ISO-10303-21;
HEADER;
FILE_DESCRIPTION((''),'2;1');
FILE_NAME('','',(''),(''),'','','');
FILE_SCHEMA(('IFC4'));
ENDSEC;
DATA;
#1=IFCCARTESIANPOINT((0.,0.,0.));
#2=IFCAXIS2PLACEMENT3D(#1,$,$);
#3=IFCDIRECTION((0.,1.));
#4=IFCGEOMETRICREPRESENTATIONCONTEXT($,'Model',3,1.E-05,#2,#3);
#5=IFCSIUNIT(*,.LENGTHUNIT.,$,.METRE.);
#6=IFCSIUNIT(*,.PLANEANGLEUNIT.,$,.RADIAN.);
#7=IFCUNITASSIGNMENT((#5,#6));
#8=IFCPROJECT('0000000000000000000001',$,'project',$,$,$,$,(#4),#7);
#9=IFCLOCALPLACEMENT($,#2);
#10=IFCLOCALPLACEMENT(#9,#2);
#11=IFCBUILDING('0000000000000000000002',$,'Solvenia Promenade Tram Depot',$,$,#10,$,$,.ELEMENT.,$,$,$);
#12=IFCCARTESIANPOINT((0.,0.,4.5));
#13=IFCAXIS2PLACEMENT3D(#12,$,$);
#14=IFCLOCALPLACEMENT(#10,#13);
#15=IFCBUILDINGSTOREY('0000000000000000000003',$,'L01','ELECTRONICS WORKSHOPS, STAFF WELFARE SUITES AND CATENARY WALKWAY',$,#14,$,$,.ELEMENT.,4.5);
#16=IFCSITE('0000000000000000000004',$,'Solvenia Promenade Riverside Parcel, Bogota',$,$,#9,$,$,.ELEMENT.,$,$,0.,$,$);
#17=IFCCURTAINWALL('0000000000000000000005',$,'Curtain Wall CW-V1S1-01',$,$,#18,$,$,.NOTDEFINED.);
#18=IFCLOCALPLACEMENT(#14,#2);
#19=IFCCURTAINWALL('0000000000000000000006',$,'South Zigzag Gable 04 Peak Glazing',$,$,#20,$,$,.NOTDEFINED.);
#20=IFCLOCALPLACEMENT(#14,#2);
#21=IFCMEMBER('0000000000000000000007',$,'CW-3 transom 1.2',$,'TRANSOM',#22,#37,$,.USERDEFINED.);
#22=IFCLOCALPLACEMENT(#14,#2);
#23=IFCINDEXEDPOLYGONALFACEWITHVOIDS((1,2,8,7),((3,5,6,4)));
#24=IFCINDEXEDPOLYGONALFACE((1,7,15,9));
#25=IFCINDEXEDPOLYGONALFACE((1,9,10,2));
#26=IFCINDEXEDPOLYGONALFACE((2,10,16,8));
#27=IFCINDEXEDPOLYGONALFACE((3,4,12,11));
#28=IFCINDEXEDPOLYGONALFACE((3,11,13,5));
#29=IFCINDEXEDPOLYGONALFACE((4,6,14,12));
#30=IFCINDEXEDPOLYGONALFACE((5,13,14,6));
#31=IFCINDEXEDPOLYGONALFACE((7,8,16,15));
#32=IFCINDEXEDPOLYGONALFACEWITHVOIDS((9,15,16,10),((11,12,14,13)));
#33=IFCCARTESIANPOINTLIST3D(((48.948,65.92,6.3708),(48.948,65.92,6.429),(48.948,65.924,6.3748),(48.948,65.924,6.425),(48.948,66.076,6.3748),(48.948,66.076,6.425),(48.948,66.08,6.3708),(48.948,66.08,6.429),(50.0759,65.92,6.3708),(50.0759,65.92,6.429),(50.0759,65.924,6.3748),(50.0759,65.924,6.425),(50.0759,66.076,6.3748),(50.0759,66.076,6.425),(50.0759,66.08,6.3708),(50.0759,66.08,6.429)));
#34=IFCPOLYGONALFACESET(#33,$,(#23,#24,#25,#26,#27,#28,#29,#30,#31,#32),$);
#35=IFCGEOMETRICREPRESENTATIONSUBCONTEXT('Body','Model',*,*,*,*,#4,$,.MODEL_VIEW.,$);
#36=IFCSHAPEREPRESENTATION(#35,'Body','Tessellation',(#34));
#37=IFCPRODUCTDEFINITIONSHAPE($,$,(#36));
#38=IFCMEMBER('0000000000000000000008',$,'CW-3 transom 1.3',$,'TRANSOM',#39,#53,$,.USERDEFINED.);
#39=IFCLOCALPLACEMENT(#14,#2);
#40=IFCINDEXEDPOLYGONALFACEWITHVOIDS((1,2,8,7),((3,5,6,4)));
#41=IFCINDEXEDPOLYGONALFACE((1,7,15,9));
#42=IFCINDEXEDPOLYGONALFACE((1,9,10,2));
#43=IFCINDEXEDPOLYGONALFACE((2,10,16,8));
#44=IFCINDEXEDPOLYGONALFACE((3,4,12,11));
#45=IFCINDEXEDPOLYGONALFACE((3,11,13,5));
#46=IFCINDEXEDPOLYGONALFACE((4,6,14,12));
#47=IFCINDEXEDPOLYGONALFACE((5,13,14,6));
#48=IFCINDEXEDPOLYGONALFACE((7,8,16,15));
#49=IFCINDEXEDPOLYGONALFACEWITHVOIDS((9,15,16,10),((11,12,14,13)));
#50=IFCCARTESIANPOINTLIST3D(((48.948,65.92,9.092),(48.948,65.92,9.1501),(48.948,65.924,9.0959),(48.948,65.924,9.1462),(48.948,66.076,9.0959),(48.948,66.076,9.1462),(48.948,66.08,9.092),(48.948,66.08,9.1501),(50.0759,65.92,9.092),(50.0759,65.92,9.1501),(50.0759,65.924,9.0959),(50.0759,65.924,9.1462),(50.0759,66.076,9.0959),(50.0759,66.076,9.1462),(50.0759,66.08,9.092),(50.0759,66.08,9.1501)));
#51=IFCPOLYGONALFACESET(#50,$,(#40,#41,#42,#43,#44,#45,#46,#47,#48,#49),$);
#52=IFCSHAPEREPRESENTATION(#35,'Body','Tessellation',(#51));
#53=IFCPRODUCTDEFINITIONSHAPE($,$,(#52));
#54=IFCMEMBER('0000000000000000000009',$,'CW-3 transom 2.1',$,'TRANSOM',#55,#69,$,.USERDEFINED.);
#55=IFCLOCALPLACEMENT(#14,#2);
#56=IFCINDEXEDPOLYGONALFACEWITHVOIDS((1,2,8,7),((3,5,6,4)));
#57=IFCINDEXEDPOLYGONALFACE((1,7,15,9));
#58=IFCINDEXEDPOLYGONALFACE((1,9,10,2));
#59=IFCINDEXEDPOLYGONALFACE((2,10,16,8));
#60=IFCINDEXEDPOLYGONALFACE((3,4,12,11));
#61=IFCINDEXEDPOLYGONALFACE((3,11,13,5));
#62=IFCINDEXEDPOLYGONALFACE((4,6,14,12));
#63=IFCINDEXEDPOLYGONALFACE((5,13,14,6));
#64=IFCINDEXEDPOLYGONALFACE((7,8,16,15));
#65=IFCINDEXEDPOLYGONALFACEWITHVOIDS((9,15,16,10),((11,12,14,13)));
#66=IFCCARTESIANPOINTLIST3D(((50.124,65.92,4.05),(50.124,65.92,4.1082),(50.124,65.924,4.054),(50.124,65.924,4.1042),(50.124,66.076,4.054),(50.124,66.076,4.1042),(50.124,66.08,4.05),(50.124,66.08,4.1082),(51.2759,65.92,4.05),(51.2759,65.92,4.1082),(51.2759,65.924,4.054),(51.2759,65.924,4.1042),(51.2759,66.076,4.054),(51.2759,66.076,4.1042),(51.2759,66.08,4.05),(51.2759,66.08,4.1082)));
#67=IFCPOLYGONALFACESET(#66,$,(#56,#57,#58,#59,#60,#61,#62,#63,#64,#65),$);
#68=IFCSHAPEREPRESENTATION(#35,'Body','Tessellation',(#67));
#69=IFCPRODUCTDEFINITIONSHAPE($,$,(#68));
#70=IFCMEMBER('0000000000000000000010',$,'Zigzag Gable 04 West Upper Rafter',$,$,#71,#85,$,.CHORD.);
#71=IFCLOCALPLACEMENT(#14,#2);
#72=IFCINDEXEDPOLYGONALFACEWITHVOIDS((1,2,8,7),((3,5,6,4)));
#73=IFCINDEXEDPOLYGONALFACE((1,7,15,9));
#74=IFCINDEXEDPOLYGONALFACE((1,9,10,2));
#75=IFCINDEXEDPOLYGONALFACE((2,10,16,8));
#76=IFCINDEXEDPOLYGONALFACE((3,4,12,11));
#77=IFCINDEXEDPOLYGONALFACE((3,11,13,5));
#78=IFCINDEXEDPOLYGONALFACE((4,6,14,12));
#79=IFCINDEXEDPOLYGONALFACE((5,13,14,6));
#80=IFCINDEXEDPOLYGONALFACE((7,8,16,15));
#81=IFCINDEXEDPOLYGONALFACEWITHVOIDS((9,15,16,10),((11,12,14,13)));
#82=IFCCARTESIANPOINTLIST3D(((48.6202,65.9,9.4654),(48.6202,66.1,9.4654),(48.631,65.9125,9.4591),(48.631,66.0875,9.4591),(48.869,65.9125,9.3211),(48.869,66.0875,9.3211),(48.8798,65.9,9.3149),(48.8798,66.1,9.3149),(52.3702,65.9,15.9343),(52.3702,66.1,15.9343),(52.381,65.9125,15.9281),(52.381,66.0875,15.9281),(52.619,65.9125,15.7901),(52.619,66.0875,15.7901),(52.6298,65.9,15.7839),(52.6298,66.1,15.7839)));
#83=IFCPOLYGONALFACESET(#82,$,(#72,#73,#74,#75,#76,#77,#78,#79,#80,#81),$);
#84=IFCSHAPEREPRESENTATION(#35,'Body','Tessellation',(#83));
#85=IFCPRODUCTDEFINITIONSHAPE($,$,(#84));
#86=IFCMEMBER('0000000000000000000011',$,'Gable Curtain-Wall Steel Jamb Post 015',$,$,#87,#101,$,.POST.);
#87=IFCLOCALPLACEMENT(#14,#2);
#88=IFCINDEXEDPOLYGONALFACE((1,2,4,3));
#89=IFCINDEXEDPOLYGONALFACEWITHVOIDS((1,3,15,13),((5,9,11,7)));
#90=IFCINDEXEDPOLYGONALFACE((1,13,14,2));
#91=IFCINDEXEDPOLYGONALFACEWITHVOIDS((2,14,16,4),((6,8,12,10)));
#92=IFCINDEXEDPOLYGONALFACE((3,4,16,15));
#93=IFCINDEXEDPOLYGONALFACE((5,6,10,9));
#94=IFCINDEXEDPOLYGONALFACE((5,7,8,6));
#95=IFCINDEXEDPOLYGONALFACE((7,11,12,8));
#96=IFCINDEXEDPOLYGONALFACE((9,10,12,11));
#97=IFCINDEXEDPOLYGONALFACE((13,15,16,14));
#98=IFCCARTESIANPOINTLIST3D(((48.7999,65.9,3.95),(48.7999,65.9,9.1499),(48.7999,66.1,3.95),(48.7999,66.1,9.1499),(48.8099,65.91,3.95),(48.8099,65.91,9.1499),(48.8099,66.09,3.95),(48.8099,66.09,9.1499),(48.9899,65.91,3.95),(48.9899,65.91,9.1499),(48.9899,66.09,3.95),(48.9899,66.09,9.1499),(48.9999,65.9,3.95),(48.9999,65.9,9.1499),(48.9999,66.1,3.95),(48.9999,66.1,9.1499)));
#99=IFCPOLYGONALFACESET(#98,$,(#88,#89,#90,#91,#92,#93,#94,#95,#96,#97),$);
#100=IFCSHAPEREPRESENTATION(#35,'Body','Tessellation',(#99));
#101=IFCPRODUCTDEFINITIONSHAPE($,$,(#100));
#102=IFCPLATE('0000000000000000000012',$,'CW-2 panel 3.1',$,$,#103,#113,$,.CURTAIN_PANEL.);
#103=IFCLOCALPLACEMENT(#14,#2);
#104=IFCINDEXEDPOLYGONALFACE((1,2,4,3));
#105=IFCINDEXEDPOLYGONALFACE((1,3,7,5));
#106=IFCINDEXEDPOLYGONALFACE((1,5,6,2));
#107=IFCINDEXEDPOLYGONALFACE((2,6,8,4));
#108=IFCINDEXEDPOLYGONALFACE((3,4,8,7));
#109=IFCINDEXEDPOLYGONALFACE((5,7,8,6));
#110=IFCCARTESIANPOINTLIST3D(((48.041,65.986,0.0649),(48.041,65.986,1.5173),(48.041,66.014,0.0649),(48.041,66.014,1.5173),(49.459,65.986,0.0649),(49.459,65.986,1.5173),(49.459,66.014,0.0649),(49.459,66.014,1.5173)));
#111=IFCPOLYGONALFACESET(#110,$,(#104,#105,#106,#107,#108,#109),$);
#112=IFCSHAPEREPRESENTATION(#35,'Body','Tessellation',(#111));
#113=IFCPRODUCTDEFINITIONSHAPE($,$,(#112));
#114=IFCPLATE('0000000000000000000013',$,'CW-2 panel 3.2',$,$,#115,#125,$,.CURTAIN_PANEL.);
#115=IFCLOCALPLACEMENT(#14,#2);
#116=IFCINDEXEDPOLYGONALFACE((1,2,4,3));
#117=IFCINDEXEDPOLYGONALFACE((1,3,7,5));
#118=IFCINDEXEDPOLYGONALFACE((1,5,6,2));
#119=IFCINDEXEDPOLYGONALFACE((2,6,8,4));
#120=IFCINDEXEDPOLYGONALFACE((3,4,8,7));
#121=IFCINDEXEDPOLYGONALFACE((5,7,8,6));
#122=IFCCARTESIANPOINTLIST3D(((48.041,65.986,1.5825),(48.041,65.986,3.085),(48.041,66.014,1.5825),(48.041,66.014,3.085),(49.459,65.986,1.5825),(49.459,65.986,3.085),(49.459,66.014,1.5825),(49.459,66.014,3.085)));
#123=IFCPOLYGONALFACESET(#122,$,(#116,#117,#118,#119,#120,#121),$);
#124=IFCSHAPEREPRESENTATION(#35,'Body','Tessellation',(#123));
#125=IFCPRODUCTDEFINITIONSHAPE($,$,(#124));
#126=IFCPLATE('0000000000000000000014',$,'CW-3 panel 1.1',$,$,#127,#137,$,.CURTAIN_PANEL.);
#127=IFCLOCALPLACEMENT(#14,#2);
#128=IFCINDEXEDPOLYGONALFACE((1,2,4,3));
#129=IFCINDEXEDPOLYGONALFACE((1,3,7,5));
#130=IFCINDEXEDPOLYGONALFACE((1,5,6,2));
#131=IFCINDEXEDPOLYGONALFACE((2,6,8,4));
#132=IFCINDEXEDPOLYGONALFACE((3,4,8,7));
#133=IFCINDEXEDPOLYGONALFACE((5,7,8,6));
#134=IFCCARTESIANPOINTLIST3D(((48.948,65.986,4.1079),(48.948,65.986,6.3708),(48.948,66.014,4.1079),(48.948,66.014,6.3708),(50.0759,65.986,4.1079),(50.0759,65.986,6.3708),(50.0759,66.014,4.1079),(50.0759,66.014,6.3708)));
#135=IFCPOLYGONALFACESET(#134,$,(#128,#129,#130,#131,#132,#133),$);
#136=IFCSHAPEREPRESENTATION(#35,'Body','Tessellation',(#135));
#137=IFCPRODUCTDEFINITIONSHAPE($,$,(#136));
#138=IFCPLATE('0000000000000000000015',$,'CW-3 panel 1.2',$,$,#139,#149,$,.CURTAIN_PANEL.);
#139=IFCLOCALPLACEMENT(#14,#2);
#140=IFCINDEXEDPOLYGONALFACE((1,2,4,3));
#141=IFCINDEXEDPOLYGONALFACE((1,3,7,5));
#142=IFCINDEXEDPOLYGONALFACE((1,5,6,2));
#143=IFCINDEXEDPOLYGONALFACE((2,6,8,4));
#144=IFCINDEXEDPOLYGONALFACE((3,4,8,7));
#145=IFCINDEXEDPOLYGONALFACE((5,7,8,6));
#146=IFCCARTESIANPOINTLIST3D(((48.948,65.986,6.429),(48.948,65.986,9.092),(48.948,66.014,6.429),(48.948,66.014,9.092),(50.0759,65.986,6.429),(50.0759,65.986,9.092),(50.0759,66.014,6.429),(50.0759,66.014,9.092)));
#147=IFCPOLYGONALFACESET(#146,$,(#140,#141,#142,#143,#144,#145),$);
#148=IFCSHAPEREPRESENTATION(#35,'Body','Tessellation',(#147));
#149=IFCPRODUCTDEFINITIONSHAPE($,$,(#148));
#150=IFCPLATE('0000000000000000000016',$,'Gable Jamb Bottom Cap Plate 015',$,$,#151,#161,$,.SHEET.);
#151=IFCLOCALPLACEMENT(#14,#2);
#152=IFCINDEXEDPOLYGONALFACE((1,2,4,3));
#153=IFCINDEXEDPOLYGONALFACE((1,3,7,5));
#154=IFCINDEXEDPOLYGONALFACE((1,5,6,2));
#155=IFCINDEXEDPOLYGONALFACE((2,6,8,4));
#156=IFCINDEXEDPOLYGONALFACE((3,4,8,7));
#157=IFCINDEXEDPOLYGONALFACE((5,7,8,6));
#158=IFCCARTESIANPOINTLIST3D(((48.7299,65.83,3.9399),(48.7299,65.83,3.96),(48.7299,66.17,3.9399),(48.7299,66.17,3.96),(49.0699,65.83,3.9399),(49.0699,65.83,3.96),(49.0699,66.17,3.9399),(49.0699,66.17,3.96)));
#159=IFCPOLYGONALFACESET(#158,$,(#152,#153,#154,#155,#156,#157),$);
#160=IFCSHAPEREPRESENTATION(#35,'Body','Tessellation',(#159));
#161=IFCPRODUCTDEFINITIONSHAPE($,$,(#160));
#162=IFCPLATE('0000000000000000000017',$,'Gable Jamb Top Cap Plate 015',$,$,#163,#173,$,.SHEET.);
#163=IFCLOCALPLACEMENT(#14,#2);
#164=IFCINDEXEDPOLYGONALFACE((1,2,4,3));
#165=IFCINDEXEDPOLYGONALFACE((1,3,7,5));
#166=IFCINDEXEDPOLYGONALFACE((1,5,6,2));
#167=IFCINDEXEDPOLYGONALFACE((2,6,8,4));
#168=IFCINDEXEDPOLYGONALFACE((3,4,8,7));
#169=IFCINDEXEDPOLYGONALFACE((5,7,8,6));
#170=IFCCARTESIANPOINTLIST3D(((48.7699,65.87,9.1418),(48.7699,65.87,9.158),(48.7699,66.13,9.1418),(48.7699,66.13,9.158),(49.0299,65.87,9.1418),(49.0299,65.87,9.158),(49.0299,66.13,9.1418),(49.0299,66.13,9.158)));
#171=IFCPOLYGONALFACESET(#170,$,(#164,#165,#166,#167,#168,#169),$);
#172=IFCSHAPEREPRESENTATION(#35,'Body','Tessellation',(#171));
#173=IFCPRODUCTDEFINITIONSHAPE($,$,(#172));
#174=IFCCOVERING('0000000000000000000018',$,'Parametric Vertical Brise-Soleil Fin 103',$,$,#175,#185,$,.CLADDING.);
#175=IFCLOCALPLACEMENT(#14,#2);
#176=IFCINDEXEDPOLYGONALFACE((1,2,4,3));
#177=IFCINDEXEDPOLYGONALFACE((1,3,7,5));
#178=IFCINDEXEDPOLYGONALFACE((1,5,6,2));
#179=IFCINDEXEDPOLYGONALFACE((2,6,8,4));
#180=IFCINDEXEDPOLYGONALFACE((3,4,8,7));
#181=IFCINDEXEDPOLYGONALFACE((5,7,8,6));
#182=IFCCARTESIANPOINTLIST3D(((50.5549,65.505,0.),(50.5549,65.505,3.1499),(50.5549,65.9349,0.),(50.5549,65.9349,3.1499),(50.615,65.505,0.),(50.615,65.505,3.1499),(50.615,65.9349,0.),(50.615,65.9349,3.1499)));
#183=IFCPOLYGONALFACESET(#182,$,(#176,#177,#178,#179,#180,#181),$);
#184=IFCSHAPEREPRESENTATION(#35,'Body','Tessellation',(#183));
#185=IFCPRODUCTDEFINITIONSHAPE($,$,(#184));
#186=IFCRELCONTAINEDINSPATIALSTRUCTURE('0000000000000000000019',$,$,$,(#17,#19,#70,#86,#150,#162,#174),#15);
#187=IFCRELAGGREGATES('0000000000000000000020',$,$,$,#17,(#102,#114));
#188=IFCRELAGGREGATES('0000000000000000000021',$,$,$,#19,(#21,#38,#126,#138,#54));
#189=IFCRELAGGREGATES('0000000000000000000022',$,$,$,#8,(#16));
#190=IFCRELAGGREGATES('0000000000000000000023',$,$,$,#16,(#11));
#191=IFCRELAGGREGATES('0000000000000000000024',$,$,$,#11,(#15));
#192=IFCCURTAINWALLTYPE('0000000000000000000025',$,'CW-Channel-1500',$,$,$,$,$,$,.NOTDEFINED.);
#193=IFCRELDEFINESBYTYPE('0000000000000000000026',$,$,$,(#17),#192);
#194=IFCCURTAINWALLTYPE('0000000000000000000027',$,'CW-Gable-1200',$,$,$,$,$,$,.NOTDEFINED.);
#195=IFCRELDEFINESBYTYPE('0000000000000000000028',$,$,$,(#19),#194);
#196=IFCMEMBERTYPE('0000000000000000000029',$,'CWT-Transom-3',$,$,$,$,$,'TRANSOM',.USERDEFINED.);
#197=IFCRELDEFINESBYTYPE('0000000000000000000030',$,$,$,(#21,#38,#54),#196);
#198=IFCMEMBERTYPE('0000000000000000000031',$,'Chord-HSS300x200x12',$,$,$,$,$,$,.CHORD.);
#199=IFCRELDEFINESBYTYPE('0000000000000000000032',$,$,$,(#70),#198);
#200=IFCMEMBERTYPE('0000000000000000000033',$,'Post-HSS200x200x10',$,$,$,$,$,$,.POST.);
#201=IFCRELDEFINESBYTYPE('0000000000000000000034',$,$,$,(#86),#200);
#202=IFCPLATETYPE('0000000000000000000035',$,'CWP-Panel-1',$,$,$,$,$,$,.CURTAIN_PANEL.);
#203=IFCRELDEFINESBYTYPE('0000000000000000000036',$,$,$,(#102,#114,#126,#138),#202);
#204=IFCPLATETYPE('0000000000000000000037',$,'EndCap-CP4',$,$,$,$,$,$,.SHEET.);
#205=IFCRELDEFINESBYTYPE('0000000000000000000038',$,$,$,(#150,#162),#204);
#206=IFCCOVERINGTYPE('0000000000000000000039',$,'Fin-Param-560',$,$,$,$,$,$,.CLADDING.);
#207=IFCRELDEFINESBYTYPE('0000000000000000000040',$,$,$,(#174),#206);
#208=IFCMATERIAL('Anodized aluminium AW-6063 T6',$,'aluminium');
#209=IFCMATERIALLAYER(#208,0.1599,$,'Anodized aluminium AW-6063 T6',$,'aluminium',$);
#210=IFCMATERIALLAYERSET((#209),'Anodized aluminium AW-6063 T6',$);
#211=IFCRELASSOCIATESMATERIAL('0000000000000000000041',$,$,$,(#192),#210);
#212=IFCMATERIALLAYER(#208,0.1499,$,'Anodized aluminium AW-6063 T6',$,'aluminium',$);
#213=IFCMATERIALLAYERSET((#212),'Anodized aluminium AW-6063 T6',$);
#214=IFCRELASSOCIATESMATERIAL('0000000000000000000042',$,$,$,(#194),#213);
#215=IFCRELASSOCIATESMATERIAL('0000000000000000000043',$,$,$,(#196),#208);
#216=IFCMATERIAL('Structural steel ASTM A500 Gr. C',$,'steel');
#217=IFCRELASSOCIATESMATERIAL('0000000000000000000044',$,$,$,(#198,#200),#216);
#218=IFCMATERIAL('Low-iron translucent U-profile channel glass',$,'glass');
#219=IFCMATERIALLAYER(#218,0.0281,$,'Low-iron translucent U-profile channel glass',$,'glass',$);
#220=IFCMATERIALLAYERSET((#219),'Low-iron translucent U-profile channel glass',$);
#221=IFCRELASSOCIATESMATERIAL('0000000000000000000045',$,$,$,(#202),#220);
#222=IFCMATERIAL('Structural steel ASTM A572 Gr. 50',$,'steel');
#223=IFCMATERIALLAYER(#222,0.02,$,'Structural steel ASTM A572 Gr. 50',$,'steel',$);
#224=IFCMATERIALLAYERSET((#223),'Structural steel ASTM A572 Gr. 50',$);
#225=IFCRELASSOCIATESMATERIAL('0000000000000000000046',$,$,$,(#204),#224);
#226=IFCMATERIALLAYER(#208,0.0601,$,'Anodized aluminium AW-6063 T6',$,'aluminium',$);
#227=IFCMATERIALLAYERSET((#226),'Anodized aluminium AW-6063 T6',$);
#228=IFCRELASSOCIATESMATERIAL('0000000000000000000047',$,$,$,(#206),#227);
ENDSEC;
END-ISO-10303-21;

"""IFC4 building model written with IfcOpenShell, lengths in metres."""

from ifc_helpers import new_model, si_unit, direction, frame, origin, origin_2d, place, context, subcontext, project, spatial, rectangle, hollow_rectangle, extrude, material, layer, layer_set, material_profile, profile_set, type_object, element, aggregate, save


model = new_model("IFC4")

# Units and contexts
model_context = context("Model", 3, precision=1e-05, world=origin(), true_north=direction((0.0, 1.0)))
body_context = subcontext(model_context, "Body", "Model", "MODEL_VIEW")
ifc_project = project(units=[si_unit("LENGTHUNIT", "METRE"), si_unit("PLANEANGLEUNIT", "RADIAN")], contexts=[model_context])

# Site, building, storey
site_placement = place(None, origin())
site = spatial("IfcSite", under=ifc_project, at=site_placement, Name="Solvenia Promenade Riverside Parcel, Bogota", CompositionType="ELEMENT", RefElevation=0.0)
building_placement = place(site_placement, origin())
building = spatial("IfcBuilding", under=site, at=building_placement, Name="Solvenia Promenade Tram Depot", CompositionType="ELEMENT")
storey_placement = place(building_placement, frame((0.0, 0.0, 4.5)))
storey = spatial("IfcBuildingStorey", under=building, at=storey_placement, Name="L01", Description="ELECTRONICS WORKSHOPS, STAFF WELFARE SUITES AND CATENARY WALKWAY", CompositionType="ELEMENT", Elevation=4.5)

# Curtain wall
ifc_material_1 = material(Name="Anodized aluminium AW-6063 T6", Category="aluminium")
ifc_layer_1 = layer(ifc_material_1, 0.1599, Name="Anodized aluminium AW-6063 T6", Category="aluminium")
ifc_layer_set_1 = layer_set([ifc_layer_1], Name="Anodized aluminium AW-6063 T6")
curtain_wall_type_1 = type_object("IfcCurtainWallType", Name="CW-Channel-1500", PredefinedType="NOTDEFINED", material=ifc_layer_set_1)
curtain_wall_1_placement = place(storey_placement, origin())
curtain_wall_1 = element("IfcCurtainWall", 1, at=curtain_wall_1_placement, inside=storey, type_object=curtain_wall_type_1, Name="Curtain Wall CW-V1S1-01", PredefinedType="NOTDEFINED")

# Curtain wall
ifc_layer_2 = layer(ifc_material_1, 0.1499, Name="Anodized aluminium AW-6063 T6", Category="aluminium")
ifc_layer_set_2 = layer_set([ifc_layer_2], Name="Anodized aluminium AW-6063 T6")
curtain_wall_type_2 = type_object("IfcCurtainWallType", Name="CW-Gable-1200", PredefinedType="NOTDEFINED", material=ifc_layer_set_2)
curtain_wall_2_placement = place(storey_placement, origin())
curtain_wall_2 = element("IfcCurtainWall", 2, at=curtain_wall_2_placement, inside=storey, type_object=curtain_wall_type_2, Name="South Zigzag Gable 04 Peak Glazing", PredefinedType="NOTDEFINED")

# Members
ifc_material_profile_1 = material_profile(ifc_material_1, hollow_rectangle(XDim=0.1599, YDim=0.0581, WallThickness=0.0039, at=origin_2d()), Name="ALU-T3", Category="aluminium")
ifc_profile_set_1 = profile_set([ifc_material_profile_1], Name="Anodized aluminium AW-6063 T6")
member_type_1 = type_object("IfcMemberType", Name="CWT-Transom-3", ElementType="TRANSOM", PredefinedType="USERDEFINED", material=ifc_profile_set_1)
member_1_placement = place(storey_placement, frame((48.948, 66.0, 6.3999), z_axis=(1.0, 0.0, 0.0), x_axis=(0.0, 1.0, 0.0)))
member_1 = element("IfcMember", 3, at=member_1_placement, type_object=member_type_1, Name="CW-3 transom 1.2", ObjectType="TRANSOM", PredefinedType="USERDEFINED", context=body_context, shape_type="SweptSolid", body=[
    extrude(hollow_rectangle(XDim=0.1599, YDim=0.0581, WallThickness=0.0039, at=origin_2d()), origin(), (0.0, 0.0, 1.0), 1.1279),
])
member_2_placement = place(storey_placement, frame((48.948, 66.0, 9.1211), z_axis=(1.0, 0.0, 0.0), x_axis=(0.0, 1.0, 0.0)))
member_2 = element("IfcMember", 4, at=member_2_placement, type_object=member_type_1, Name="CW-3 transom 1.3", ObjectType="TRANSOM", PredefinedType="USERDEFINED", context=body_context, shape_type="SweptSolid", body=[
    extrude(hollow_rectangle(XDim=0.1599, YDim=0.0581, WallThickness=0.0039, at=origin_2d()), origin(), (0.0, 0.0, 1.0), 1.1279),
])
member_3_placement = place(storey_placement, frame((50.124, 66.0, 4.0791), z_axis=(1.0, 0.0, 0.0), x_axis=(0.0, 1.0, 0.0)))
member_3 = element("IfcMember", 5, at=member_3_placement, type_object=member_type_1, Name="CW-3 transom 2.1", ObjectType="TRANSOM", PredefinedType="USERDEFINED", context=body_context, shape_type="SweptSolid", body=[
    extrude(hollow_rectangle(XDim=0.1599, YDim=0.0581, WallThickness=0.0039, at=origin_2d()), origin(), (0.0, 0.0, 1.0), 1.1519),
])

# Members
ifc_material_2 = material(Name="Structural steel ASTM A500 Gr. C", Category="steel")
ifc_material_profile_2 = material_profile(ifc_material_2, hollow_rectangle(XDim=0.2, YDim=0.3, WallThickness=0.0125, at=origin_2d()), Name="HSS300x200x12.5", Category="steel")
ifc_profile_set_2 = profile_set([ifc_material_profile_2], Name="Structural steel ASTM A500 Gr. C")
member_type_2 = type_object("IfcMemberType", Name="Chord-HSS300x200x12", PredefinedType="CHORD", material=ifc_profile_set_2)
member_4_placement = place(storey_placement, frame((48.75, 66.0, 9.3901), z_axis=(0.501516, 0.0, 0.865148), x_axis=(0.0, 1.0, 0.0)))
element("IfcMember", 6, at=member_4_placement, inside=storey, type_object=member_type_2, Name="Zigzag Gable 04 West Upper Rafter", PredefinedType="CHORD", context=body_context, shape_type="SweptSolid", body=[
    extrude(hollow_rectangle(XDim=0.2, YDim=0.3, WallThickness=0.0125, at=origin_2d()), origin(), (0.0, 0.0, 1.0), 7.4773),
])
ifc_material_profile_3 = material_profile(ifc_material_2, hollow_rectangle(XDim=0.2, YDim=0.2, WallThickness=0.01, at=origin_2d()), Name="HSS200x200x10", Category="steel")
ifc_profile_set_3 = profile_set([ifc_material_profile_3], Name="Structural steel ASTM A500 Gr. C")
member_type_3 = type_object("IfcMemberType", Name="Post-HSS200x200x10", PredefinedType="POST", material=ifc_profile_set_3)
member_5_placement = place(storey_placement, frame((48.8999, 66.0, 3.95), z_axis=(0.0, 0.0, 1.0), x_axis=(1.0, 0.0, 0.0)))
element("IfcMember", 7, at=member_5_placement, inside=storey, type_object=member_type_3, Name="Gable Curtain-Wall Steel Jamb Post 015", PredefinedType="POST", context=body_context, shape_type="SweptSolid", body=[
    extrude(hollow_rectangle(XDim=0.2, YDim=0.2, WallThickness=0.01, at=origin_2d()), origin(), (0.0, 0.0, 1.0), 5.2),
])

# Plates
ifc_material_3 = material(Name="Low-iron translucent U-profile channel glass", Category="glass")
ifc_layer_3 = layer(ifc_material_3, 0.0281, Name="Low-iron translucent U-profile channel glass", Category="glass")
ifc_layer_set_3 = layer_set([ifc_layer_3], Name="Low-iron translucent U-profile channel glass")
plate_type_1 = type_object("IfcPlateType", Name="CWP-Panel-1", PredefinedType="CURTAIN_PANEL", material=ifc_layer_set_3)
plate_1_placement = place(storey_placement, frame((48.75, 66.0, 0.0649), z_axis=(0.0, 0.0, 1.0), x_axis=(1.0, 0.0, 0.0)))
plate_1 = element("IfcPlate", 8, at=plate_1_placement, type_object=plate_type_1, Name="CW-2 panel 3.1", PredefinedType="CURTAIN_PANEL", context=body_context, shape_type="SweptSolid", body=[
    extrude(rectangle(XDim=1.418, YDim=0.0281, at=origin_2d()), origin(), (0.0, 0.0, 1.0), 1.4524),
])
plate_2_placement = place(storey_placement, frame((48.75, 66.0, 1.5825), z_axis=(0.0, 0.0, 1.0), x_axis=(1.0, 0.0, 0.0)))
plate_2 = element("IfcPlate", 9, at=plate_2_placement, type_object=plate_type_1, Name="CW-2 panel 3.2", PredefinedType="CURTAIN_PANEL", context=body_context, shape_type="SweptSolid", body=[
    extrude(rectangle(XDim=1.418, YDim=0.0281, at=origin_2d()), origin(), (0.0, 0.0, 1.0), 1.5024),
])
aggregate(curtain_wall_1, [plate_1, plate_2])
plate_3_placement = place(storey_placement, frame((49.512, 66.0, 4.1079), z_axis=(0.0, 0.0, 1.0), x_axis=(1.0, 0.0, 0.0)))
plate_3 = element("IfcPlate", 10, at=plate_3_placement, type_object=plate_type_1, Name="CW-3 panel 1.1", PredefinedType="CURTAIN_PANEL", context=body_context, shape_type="SweptSolid", body=[
    extrude(rectangle(XDim=1.1279, YDim=0.0281, at=origin_2d()), origin(), (0.0, 0.0, 1.0), 2.2629),
])
plate_4_placement = place(storey_placement, frame((49.512, 66.0, 6.429), z_axis=(0.0, 0.0, 1.0), x_axis=(1.0, 0.0, 0.0)))
plate_4 = element("IfcPlate", 11, at=plate_4_placement, type_object=plate_type_1, Name="CW-3 panel 1.2", PredefinedType="CURTAIN_PANEL", context=body_context, shape_type="SweptSolid", body=[
    extrude(rectangle(XDim=1.1279, YDim=0.0281, at=origin_2d()), origin(), (0.0, 0.0, 1.0), 2.6631),
])
aggregate(curtain_wall_2, [member_1, member_2, plate_3, plate_4, member_3])

# Plates
ifc_material_4 = material(Name="Structural steel ASTM A572 Gr. 50", Category="steel")
ifc_layer_4 = layer(ifc_material_4, 0.02, Name="Structural steel ASTM A572 Gr. 50", Category="steel")
ifc_layer_set_4 = layer_set([ifc_layer_4], Name="Structural steel ASTM A572 Gr. 50")
plate_type_2 = type_object("IfcPlateType", Name="EndCap-CP4", PredefinedType="SHEET", material=ifc_layer_set_4)
plate_5_placement = place(storey_placement, frame((48.8999, 66.0, 3.9399), z_axis=(0.0, 0.0, 1.0), x_axis=(1.0, 0.0, 0.0)))
element("IfcPlate", 12, at=plate_5_placement, inside=storey, type_object=plate_type_2, Name="Gable Jamb Bottom Cap Plate 015", PredefinedType="SHEET", context=body_context, shape_type="SweptSolid", body=[
    extrude(rectangle(XDim=0.3401, YDim=0.3401, at=origin_2d()), origin(), (0.0, 0.0, 1.0), 0.02),
])
plate_6_placement = place(storey_placement, frame((48.8999, 66.0, 9.1418), z_axis=(0.0, 0.0, 1.0), x_axis=(1.0, 0.0, 0.0)))
element("IfcPlate", 13, at=plate_6_placement, inside=storey, type_object=plate_type_2, Name="Gable Jamb Top Cap Plate 015", PredefinedType="SHEET", context=body_context, shape_type="SweptSolid", body=[
    extrude(rectangle(XDim=0.26, YDim=0.26, at=origin_2d()), origin(), (0.0, 0.0, 1.0), 0.0161),
])

# Covering
ifc_layer_5 = layer(ifc_material_1, 0.0601, Name="Anodized aluminium AW-6063 T6", Category="aluminium")
ifc_layer_set_5 = layer_set([ifc_layer_5], Name="Anodized aluminium AW-6063 T6")
covering_type = type_object("IfcCoveringType", Name="Fin-Param-560", PredefinedType="CLADDING", material=ifc_layer_set_5)
covering_1_placement = place(storey_placement, frame((50.585, 65.72, 0.0), z_axis=(0.0, 0.0, 1.0), x_axis=(1.0, 0.0, 0.0)))
element("IfcCovering", 14, at=covering_1_placement, inside=storey, type_object=covering_type, Name="Parametric Vertical Brise-Soleil Fin 103", PredefinedType="CLADDING", context=body_context, shape_type="SweptSolid", body=[
    extrude(rectangle(XDim=0.0601, YDim=0.4299, at=origin_2d()), origin(), (0.0, 0.0, 1.0), 3.1499),
])

save(model, "model.ifc")
